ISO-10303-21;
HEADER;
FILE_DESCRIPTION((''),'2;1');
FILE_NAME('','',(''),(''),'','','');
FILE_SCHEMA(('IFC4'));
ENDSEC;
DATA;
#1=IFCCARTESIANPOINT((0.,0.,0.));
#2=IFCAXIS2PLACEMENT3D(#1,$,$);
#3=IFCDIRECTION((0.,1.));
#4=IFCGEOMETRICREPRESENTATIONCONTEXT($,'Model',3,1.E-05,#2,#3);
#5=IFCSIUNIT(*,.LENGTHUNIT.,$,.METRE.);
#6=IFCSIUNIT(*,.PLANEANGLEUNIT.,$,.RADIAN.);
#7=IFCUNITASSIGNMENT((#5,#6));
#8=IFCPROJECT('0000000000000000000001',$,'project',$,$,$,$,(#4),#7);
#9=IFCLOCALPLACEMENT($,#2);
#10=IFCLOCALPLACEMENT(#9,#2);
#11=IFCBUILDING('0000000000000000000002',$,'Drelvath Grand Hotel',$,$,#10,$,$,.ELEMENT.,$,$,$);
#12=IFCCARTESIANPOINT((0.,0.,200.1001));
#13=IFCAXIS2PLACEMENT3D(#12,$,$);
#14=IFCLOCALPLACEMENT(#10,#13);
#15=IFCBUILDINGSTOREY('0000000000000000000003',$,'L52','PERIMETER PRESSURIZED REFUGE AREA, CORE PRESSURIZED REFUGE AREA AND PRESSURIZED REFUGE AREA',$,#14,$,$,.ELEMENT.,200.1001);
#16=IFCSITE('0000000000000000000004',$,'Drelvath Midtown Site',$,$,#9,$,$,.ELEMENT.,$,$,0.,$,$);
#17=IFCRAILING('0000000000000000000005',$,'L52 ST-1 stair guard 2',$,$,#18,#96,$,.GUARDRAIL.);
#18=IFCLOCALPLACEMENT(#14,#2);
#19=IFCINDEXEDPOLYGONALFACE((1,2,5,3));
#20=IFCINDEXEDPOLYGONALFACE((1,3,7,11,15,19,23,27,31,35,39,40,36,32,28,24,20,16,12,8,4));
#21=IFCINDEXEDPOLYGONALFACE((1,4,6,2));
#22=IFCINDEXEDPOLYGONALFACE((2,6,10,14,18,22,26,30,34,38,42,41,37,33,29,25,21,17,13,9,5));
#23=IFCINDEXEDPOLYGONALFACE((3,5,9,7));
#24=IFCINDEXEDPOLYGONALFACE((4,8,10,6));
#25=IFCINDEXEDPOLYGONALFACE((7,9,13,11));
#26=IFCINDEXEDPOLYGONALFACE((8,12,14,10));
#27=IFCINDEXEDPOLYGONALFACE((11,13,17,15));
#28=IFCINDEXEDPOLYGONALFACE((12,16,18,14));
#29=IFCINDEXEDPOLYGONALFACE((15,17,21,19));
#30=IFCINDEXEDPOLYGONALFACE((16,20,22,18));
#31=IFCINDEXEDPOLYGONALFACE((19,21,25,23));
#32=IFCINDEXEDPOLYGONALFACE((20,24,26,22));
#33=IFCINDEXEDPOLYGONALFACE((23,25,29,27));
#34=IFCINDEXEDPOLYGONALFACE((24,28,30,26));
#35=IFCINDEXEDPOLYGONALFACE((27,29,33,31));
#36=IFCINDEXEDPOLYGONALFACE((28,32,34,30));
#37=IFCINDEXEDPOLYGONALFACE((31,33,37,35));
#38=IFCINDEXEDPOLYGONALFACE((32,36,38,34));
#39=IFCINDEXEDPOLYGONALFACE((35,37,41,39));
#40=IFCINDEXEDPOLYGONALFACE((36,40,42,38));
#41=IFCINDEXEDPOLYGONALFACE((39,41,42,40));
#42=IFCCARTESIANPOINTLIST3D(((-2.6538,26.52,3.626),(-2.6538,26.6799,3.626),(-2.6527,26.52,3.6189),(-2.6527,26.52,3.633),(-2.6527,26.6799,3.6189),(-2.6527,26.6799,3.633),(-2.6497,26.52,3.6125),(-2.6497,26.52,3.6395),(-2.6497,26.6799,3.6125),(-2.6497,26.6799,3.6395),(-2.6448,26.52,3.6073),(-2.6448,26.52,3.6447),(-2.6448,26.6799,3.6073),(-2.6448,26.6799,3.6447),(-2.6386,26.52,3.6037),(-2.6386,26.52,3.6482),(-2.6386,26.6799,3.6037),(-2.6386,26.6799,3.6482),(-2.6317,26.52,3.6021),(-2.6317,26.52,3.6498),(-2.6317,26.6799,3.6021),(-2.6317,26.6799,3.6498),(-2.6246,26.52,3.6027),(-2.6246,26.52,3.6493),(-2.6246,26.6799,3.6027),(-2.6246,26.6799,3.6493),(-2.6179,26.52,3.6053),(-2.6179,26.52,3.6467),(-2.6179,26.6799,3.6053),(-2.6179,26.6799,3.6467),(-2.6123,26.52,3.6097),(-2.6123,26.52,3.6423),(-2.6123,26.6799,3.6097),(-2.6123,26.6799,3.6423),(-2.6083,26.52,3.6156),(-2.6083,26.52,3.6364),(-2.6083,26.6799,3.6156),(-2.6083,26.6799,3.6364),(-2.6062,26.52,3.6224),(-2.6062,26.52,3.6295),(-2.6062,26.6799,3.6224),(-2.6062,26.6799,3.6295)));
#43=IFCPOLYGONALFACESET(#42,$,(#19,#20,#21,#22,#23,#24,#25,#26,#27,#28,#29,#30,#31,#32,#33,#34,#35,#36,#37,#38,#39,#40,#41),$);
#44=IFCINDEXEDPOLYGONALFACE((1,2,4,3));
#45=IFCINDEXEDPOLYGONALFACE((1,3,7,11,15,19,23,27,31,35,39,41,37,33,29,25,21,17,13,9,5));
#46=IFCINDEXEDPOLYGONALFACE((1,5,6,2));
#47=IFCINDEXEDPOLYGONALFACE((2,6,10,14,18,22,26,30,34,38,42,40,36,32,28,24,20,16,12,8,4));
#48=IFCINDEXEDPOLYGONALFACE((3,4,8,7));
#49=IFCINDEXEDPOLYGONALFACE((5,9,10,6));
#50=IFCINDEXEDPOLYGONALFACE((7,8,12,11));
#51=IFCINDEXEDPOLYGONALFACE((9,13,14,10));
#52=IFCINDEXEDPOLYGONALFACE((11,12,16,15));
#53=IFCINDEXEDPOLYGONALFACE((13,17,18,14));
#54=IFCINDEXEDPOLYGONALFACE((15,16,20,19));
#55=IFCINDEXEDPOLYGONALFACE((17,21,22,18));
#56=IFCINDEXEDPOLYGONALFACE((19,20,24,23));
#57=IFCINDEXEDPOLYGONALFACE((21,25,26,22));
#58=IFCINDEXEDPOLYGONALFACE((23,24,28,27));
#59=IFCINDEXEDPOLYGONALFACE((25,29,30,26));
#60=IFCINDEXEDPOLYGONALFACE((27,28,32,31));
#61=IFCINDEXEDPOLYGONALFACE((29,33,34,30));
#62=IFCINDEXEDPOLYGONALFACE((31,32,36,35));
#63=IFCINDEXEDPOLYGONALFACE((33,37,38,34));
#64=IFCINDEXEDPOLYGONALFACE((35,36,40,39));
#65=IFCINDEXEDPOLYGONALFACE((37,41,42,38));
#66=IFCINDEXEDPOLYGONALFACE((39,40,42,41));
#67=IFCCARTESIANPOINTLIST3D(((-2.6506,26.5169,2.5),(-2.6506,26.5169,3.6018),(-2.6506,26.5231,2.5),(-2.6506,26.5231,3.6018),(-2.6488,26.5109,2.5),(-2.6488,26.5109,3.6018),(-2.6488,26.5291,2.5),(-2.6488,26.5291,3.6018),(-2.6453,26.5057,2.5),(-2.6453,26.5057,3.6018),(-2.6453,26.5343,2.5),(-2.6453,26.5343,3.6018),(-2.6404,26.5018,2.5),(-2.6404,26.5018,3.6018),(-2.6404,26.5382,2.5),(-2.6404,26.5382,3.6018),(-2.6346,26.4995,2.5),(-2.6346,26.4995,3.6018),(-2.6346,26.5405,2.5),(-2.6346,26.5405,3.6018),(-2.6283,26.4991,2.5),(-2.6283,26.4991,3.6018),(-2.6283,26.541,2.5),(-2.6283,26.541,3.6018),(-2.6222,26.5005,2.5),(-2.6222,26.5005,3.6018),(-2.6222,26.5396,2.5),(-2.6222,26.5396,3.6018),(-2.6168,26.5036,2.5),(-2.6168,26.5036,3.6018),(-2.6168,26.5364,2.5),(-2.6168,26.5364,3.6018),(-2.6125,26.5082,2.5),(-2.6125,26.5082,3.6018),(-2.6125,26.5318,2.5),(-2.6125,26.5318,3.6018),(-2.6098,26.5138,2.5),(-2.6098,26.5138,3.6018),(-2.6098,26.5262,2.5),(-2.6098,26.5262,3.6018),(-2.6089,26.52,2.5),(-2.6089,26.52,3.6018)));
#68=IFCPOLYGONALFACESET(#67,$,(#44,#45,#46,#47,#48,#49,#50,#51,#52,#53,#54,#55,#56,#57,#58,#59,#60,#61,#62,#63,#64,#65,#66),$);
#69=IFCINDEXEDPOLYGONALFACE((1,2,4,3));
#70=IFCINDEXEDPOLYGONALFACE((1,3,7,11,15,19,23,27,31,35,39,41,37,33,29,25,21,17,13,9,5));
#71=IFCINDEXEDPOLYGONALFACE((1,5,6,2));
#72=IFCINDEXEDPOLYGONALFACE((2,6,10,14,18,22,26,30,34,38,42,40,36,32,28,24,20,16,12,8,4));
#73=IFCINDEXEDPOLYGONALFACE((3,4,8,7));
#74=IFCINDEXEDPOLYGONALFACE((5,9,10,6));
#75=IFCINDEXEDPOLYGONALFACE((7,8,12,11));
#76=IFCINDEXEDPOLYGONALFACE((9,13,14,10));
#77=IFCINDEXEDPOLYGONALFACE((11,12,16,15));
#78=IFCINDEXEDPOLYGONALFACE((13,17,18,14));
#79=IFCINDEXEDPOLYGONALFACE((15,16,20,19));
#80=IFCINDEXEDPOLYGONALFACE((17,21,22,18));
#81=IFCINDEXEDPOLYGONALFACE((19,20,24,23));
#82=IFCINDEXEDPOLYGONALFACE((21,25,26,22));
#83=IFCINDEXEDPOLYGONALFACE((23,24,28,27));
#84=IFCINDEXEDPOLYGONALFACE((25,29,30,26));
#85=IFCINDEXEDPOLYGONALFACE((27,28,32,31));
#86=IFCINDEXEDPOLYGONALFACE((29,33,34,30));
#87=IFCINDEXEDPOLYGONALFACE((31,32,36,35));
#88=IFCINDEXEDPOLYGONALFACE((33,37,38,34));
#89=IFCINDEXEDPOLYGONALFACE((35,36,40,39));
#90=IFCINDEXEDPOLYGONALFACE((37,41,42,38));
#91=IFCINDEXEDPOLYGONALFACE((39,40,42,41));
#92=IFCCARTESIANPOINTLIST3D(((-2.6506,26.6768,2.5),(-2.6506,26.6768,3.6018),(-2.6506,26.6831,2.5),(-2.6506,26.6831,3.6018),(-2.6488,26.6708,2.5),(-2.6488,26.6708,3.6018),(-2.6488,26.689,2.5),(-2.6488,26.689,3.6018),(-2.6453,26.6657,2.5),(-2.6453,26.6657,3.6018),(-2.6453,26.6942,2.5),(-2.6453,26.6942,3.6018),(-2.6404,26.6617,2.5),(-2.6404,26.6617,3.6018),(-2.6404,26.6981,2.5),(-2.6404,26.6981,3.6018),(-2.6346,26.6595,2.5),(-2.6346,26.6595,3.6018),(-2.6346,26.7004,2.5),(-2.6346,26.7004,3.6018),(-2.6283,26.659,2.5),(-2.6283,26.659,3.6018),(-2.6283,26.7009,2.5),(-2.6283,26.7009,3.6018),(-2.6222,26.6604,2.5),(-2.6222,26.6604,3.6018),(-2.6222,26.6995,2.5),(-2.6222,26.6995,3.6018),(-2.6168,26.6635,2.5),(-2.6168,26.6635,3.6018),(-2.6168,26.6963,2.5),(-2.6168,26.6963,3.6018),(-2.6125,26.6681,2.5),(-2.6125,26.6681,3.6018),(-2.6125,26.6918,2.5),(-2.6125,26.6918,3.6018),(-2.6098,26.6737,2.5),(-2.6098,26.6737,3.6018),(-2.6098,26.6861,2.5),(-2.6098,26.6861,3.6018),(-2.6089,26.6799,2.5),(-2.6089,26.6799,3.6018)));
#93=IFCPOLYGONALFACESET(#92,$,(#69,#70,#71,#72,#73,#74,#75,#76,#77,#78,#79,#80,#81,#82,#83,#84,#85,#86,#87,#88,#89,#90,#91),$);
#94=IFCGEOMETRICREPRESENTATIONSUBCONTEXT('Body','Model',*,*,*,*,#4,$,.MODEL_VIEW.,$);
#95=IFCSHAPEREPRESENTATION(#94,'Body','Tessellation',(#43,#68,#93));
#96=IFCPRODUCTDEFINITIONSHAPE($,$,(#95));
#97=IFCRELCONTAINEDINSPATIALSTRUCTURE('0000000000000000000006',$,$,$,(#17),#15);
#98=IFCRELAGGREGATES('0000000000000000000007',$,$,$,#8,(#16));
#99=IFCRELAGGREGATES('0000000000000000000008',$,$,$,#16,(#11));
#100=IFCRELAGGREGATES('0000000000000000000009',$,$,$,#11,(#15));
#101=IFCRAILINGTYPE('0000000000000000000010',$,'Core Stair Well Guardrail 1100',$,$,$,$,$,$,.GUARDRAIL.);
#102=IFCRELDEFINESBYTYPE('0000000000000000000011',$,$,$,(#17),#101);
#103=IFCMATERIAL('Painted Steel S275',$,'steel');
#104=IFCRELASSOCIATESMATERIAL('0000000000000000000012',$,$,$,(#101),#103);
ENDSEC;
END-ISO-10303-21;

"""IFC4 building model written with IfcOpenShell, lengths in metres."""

from ifc_helpers import new_model, si_unit, direction, frame, origin, origin_2d, place, context, subcontext, project, spatial, circle, extrude, material, type_object, element, save


model = new_model("IFC4")

# Units and contexts
model_context = context("Model", 3, precision=1e-05, world=origin(), true_north=direction((0.0, 1.0)))
body_context = subcontext(model_context, "Body", "Model", "MODEL_VIEW")
ifc_project = project(units=[si_unit("LENGTHUNIT", "METRE"), si_unit("PLANEANGLEUNIT", "RADIAN")], contexts=[model_context])

# Site, building, storey
site_placement = place(None, origin())
site = spatial("IfcSite", under=ifc_project, at=site_placement, Name="Drelvath Midtown Site", CompositionType="ELEMENT", RefElevation=0.0)
building_placement = place(site_placement, origin())
building = spatial("IfcBuilding", under=site, at=building_placement, Name="Drelvath Grand Hotel", CompositionType="ELEMENT")
storey_placement = place(building_placement, frame((0.0, 0.0, 200.1001)))
storey = spatial("IfcBuildingStorey", under=building, at=storey_placement, Name="L52", Description="PERIMETER PRESSURIZED REFUGE AREA, CORE PRESSURIZED REFUGE AREA AND PRESSURIZED REFUGE AREA", CompositionType="ELEMENT", Elevation=200.1001)

# Shared definitions
ifc_material_1 = material(Name="Painted Steel S275", Category="steel")

# Railing
railing_type_1 = type_object("IfcRailingType", Name="Core Stair Well Guardrail 1100", PredefinedType="GUARDRAIL", material=ifc_material_1)
railing_1_placement = place(storey_placement, frame((-2.6299, 26.52, 2.5)))
element("IfcRailing", 1, at=railing_1_placement, inside=storey, type_object=railing_type_1, Name="L52 ST-1 stair guard 2", PredefinedType="GUARDRAIL", context=body_context, shape_type="SweptSolid", body=[
    extrude(circle(Radius=0.0239, at=origin_2d()), frame((0.0, 0.0, 1.126), z_axis=(0.0, 1.0, 0.0), x_axis=(-1.0, 0.0, 0.0)), (0.0, 0.0, 1.0), 0.1599),
    extrude(circle(Radius=0.021, at=origin_2d()), origin(), (0.0, 0.0, 1.0), 1.1018),
    extrude(circle(Radius=0.021, at=origin_2d()), frame((0.0, 0.1599, 0.0)), (0.0, 0.0, 1.0), 1.1018),
])

save(model, "model.ifc")
